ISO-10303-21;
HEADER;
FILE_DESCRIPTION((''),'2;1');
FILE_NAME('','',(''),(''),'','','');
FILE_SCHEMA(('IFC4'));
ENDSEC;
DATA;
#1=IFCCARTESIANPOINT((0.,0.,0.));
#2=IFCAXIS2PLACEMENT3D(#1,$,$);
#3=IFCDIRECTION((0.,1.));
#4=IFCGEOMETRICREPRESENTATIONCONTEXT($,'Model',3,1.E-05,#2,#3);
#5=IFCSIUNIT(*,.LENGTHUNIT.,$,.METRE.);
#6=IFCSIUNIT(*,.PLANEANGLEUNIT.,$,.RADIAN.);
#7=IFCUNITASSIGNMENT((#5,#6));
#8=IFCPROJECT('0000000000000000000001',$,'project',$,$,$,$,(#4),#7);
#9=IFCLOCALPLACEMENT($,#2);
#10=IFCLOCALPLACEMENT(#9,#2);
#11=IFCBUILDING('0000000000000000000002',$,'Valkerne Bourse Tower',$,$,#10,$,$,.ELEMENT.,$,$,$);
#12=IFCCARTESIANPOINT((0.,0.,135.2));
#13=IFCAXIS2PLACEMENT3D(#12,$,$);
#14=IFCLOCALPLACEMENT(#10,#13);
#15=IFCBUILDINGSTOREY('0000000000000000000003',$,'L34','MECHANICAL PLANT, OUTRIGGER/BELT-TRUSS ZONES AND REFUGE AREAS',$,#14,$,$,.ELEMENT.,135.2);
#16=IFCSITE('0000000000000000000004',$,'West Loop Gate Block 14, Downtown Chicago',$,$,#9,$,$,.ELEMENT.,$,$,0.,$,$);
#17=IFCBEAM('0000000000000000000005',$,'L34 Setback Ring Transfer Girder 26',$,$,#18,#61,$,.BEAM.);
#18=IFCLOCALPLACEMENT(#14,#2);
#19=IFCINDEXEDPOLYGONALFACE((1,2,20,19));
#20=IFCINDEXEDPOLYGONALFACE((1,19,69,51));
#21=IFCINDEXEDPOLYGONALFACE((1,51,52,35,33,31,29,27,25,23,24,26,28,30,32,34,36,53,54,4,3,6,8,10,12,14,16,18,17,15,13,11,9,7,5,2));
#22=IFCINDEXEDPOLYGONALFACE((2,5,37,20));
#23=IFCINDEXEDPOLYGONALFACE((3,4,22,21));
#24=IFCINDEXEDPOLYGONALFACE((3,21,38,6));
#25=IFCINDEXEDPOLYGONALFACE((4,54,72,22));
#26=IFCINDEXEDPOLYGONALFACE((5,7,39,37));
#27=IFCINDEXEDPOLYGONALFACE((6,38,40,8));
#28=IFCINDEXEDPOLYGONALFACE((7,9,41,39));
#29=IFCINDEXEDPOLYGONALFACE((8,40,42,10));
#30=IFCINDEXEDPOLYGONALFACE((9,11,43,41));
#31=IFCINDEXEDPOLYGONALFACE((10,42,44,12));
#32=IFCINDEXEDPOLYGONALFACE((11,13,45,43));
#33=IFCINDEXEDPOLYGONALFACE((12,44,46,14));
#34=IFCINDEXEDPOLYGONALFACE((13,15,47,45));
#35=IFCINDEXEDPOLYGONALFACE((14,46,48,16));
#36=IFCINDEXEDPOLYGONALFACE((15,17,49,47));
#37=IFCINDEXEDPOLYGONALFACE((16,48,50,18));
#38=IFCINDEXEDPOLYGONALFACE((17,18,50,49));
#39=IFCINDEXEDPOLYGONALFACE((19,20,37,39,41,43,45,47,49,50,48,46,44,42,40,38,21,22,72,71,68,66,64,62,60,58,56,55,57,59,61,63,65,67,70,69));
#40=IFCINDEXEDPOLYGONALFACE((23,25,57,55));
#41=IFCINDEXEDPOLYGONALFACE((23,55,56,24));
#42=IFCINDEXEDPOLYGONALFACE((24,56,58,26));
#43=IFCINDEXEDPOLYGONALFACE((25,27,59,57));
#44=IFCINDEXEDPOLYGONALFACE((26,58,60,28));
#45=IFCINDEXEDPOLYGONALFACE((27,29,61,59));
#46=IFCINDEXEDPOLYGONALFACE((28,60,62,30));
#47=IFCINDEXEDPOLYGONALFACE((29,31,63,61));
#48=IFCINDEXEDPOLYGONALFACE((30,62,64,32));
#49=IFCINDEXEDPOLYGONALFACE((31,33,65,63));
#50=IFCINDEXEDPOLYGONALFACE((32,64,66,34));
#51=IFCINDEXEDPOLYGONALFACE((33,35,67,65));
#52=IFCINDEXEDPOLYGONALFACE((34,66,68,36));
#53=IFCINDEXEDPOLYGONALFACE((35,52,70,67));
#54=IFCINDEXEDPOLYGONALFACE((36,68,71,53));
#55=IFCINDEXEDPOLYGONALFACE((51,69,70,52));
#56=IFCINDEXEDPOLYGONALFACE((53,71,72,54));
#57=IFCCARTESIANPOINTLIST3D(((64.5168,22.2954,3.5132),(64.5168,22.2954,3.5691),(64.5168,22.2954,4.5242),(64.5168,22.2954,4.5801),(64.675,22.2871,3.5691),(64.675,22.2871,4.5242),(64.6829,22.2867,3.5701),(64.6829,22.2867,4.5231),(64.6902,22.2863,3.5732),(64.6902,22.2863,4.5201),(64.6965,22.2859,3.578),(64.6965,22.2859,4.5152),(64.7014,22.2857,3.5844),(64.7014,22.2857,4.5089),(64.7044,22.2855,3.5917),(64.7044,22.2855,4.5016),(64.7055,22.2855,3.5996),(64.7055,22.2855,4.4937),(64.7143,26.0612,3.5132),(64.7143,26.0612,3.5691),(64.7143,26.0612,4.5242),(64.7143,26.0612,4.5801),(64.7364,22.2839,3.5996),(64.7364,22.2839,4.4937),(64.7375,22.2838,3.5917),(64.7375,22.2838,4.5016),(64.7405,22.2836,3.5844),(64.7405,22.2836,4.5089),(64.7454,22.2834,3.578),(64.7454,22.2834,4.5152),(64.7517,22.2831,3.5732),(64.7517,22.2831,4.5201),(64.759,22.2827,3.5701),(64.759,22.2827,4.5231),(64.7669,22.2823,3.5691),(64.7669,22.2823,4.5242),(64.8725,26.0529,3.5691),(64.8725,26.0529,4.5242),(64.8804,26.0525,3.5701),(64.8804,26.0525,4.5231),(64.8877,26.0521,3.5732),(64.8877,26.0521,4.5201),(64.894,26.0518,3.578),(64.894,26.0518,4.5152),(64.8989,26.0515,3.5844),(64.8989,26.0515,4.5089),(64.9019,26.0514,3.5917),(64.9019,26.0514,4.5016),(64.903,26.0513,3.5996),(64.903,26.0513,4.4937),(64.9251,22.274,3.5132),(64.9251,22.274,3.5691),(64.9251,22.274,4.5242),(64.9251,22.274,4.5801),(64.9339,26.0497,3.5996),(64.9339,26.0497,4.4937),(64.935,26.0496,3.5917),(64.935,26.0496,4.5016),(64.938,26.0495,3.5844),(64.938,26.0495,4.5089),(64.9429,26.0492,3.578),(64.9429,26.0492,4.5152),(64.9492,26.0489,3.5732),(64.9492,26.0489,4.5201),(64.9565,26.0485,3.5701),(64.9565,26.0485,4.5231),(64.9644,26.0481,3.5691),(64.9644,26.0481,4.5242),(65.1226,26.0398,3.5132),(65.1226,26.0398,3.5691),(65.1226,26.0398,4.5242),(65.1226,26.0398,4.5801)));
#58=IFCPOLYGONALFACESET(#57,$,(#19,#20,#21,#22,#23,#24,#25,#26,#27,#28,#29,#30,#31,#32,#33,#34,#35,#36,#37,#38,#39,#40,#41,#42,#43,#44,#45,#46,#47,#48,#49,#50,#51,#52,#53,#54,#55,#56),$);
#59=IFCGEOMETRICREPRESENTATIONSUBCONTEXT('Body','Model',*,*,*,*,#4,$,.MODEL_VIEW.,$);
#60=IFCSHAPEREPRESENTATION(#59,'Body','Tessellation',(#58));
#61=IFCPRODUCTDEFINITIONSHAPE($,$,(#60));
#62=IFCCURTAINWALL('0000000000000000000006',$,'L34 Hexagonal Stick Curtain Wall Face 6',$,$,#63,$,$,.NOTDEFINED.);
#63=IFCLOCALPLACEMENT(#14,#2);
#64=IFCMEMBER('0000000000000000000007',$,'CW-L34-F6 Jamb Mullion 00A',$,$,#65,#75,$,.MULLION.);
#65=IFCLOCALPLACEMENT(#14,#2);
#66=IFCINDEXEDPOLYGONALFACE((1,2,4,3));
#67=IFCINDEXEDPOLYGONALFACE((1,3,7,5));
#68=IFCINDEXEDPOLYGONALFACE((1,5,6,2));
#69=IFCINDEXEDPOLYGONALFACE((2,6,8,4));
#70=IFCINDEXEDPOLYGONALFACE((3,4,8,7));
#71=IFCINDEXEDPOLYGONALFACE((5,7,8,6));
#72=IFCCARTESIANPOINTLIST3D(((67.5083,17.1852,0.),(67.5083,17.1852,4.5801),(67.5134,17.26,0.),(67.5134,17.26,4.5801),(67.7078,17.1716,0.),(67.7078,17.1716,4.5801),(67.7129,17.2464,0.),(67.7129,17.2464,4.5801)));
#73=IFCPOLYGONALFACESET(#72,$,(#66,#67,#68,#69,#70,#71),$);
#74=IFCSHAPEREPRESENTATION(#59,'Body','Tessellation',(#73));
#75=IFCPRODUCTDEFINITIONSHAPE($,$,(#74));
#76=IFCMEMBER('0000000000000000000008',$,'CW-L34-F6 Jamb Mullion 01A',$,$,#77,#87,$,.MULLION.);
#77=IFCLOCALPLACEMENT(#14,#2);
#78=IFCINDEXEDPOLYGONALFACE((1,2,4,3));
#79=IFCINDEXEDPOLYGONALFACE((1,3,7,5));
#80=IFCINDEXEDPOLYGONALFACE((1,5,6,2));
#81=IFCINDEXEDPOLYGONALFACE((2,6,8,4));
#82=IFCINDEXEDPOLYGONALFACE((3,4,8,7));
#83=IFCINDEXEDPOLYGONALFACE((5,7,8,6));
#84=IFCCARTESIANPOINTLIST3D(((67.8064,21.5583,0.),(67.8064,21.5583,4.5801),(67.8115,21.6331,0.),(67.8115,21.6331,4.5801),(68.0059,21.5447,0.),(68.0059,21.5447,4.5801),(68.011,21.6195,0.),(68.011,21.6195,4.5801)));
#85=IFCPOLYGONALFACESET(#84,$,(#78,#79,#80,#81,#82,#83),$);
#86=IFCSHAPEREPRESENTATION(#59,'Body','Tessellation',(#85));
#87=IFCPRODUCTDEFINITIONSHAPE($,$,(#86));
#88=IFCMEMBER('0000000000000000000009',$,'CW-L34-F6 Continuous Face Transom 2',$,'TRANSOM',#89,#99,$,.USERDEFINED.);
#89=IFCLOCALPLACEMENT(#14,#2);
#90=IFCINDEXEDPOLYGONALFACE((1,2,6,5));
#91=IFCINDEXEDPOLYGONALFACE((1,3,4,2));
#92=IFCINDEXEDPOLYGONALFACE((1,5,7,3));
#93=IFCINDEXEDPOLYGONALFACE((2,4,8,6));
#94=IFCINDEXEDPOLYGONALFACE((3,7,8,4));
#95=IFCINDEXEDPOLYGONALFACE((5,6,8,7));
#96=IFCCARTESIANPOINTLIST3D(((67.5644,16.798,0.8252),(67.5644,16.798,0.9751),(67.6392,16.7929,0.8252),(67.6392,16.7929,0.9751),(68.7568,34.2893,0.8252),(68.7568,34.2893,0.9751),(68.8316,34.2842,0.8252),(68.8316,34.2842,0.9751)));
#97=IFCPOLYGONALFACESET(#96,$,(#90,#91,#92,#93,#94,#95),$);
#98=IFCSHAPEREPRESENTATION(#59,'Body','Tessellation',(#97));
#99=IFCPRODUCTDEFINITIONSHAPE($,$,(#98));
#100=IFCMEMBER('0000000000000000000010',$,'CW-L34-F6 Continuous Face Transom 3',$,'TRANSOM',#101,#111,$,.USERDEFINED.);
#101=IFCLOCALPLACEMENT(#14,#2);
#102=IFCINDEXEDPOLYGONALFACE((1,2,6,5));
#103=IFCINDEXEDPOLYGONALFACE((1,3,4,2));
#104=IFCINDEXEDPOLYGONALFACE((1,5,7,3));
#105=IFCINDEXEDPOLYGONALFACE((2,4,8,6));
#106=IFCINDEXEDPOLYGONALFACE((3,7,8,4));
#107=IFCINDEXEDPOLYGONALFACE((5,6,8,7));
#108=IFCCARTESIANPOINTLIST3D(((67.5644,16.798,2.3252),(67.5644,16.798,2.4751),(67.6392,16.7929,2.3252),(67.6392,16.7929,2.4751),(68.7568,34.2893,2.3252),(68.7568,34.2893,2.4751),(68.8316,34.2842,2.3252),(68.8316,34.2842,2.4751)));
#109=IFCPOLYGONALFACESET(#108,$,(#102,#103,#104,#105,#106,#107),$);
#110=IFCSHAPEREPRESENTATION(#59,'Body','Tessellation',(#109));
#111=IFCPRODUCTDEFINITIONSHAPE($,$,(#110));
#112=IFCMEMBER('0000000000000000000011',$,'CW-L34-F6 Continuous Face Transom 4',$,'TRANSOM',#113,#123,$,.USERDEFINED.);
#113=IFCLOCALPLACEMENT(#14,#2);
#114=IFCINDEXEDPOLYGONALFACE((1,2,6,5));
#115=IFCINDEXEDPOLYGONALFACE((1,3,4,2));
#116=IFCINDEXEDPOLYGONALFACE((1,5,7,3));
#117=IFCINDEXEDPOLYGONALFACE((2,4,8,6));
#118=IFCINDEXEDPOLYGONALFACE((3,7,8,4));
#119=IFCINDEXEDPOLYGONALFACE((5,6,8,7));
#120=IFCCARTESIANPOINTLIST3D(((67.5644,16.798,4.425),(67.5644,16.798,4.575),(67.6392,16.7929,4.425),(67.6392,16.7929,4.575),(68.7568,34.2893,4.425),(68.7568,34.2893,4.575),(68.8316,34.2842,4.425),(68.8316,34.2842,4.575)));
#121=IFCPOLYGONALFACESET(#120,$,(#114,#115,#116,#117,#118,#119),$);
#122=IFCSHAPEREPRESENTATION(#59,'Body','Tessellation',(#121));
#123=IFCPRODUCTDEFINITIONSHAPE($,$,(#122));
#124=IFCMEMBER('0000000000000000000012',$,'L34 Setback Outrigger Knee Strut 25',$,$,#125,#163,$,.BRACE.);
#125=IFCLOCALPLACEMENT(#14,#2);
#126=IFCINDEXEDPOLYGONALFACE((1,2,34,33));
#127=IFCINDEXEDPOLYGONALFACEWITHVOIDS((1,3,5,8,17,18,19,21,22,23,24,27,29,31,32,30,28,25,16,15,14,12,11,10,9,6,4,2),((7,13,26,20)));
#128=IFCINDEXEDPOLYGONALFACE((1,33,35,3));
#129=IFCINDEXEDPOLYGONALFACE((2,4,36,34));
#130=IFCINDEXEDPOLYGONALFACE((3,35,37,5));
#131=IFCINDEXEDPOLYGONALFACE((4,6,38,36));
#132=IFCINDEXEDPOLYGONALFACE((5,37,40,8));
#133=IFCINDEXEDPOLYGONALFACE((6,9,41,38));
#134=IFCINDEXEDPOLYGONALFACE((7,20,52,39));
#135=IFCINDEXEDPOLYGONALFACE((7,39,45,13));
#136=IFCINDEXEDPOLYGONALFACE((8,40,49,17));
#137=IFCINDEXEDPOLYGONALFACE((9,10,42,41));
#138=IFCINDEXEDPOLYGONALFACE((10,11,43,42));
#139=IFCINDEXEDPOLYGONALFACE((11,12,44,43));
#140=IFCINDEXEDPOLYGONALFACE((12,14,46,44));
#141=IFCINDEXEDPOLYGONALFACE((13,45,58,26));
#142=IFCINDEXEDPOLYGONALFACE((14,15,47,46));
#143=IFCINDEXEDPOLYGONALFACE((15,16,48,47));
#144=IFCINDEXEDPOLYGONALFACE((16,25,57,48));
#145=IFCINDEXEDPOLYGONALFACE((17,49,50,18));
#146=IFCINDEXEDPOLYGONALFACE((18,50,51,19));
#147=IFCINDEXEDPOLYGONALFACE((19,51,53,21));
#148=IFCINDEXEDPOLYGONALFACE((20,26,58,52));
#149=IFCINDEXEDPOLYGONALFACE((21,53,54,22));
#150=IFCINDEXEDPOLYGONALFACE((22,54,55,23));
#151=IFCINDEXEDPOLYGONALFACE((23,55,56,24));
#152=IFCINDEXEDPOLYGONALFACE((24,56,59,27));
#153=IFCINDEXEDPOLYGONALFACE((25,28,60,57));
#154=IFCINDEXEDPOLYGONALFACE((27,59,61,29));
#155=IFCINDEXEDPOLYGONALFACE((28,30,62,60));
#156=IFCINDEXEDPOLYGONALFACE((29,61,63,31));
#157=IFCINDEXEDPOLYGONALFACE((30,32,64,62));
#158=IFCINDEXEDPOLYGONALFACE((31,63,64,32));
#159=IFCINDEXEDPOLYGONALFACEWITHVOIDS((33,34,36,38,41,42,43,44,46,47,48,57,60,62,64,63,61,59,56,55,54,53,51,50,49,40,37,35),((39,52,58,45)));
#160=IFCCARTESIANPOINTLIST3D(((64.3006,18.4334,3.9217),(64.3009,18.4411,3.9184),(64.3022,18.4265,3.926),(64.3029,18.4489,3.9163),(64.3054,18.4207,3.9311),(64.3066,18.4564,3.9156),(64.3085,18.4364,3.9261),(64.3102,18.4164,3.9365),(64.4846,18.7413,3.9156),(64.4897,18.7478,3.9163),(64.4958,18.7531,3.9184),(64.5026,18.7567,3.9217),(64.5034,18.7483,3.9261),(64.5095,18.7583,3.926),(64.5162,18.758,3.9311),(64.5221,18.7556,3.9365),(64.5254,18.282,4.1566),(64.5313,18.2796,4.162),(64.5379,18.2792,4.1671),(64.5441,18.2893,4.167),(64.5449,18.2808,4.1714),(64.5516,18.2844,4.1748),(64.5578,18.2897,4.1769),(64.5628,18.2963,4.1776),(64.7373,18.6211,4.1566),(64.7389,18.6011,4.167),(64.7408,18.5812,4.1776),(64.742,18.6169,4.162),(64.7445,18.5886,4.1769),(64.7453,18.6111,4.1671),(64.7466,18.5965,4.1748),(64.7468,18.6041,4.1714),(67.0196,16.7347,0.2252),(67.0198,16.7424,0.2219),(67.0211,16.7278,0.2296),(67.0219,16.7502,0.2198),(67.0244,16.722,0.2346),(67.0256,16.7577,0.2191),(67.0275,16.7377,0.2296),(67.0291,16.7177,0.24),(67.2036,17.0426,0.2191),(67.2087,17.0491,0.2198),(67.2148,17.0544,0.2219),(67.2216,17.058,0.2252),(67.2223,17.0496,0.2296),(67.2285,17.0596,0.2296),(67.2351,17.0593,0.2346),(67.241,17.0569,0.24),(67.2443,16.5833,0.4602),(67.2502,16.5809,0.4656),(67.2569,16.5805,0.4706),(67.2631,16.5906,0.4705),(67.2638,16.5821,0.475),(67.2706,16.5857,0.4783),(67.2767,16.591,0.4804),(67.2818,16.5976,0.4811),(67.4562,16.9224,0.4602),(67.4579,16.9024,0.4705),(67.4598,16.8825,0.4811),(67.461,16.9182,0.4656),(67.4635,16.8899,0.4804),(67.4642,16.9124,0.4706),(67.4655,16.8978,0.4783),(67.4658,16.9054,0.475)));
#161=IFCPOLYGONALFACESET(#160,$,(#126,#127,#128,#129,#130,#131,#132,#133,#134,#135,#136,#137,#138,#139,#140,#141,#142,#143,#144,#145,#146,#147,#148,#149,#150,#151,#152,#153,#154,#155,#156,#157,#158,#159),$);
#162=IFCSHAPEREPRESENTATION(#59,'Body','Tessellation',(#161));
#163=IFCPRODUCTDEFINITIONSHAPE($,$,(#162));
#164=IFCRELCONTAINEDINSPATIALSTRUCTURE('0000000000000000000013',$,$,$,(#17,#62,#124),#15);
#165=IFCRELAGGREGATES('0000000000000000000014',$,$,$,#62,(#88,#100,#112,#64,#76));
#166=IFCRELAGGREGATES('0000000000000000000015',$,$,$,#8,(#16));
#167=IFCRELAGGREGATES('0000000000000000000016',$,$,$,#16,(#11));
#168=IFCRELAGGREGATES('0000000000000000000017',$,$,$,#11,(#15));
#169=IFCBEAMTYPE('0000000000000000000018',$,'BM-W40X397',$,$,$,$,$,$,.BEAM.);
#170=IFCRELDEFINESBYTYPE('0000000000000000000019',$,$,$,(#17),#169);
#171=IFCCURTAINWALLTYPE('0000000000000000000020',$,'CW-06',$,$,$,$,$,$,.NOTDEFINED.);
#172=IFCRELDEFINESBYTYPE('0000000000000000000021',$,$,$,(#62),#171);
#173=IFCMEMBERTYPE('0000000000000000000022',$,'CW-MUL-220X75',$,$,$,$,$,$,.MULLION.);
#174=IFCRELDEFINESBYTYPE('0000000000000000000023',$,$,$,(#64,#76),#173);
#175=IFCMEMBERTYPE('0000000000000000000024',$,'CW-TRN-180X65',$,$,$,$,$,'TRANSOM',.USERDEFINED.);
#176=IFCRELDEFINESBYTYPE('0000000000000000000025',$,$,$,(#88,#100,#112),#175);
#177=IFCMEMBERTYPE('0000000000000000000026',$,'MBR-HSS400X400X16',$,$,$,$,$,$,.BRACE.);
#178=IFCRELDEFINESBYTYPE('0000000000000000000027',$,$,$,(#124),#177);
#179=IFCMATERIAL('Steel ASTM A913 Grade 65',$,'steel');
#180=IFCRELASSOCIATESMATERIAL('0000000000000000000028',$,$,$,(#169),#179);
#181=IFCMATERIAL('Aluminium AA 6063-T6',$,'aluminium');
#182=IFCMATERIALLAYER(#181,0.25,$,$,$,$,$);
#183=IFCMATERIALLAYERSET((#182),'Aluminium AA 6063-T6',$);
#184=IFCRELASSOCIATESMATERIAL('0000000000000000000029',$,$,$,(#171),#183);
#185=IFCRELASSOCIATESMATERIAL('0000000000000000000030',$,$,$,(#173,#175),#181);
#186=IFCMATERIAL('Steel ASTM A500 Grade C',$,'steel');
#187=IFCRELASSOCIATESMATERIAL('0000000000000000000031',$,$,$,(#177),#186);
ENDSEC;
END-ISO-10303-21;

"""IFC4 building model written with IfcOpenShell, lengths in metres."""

from ifc_helpers import new_model, si_unit, direction, frame, origin, origin_2d, place, context, subcontext, project, spatial, rectangle, hollow_rectangle, i_section, extrude, material, layer, layer_set, material_profile, profile_set, type_object, element, aggregate, save


model = new_model("IFC4")

# Units and contexts
model_context = context("Model", 3, precision=1e-05, world=origin(), true_north=direction((0.0, 1.0)))
body_context = subcontext(model_context, "Body", "Model", "MODEL_VIEW")
ifc_project = project(units=[si_unit("LENGTHUNIT", "METRE"), si_unit("PLANEANGLEUNIT", "RADIAN")], contexts=[model_context])

# Site, building, storey
site_placement = place(None, origin())
site = spatial("IfcSite", under=ifc_project, at=site_placement, Name="West Loop Gate Block 14, Downtown Chicago", CompositionType="ELEMENT", RefElevation=0.0)
building_placement = place(site_placement, origin())
building = spatial("IfcBuilding", under=site, at=building_placement, Name="Valkerne Bourse Tower", CompositionType="ELEMENT")
storey_placement = place(building_placement, frame((0.0, 0.0, 135.2)))
storey = spatial("IfcBuildingStorey", under=building, at=storey_placement, Name="L34", Description="MECHANICAL PLANT, OUTRIGGER/BELT-TRUSS ZONES AND REFUGE AREAS", CompositionType="ELEMENT", Elevation=135.2)

# Shared definitions
ifc_material_1 = material(Name="Steel ASTM A913 Grade 65", Category="steel")

# Beam
ifc_material_profile_1 = material_profile(ifc_material_1, i_section(OverallWidth=0.4089, OverallDepth=1.0669, WebThickness=0.031, FlangeThickness=0.0559, FilletRadius=0.0305, at=origin_2d()), Name="W40X397")
ifc_profile_set_1 = profile_set([ifc_material_profile_1], Name="Steel ASTM A913 Grade 65")
beam_type_1 = type_object("IfcBeamType", Name="BM-W40X397", PredefinedType="BEAM", material=ifc_profile_set_1)
beam_1_placement = place(storey_placement, frame((64.7209, 22.2847, 4.0466), z_axis=(0.052375, 0.998627, 0.0), x_axis=(-0.998627, 0.052375, 0.0)))
element("IfcBeam", 1, at=beam_1_placement, inside=storey, type_object=beam_type_1, Name="L34 Setback Ring Transfer Girder 26", PredefinedType="BEAM", context=body_context, shape_type="SweptSolid", body=[
    extrude(i_section(OverallWidth=0.4089, OverallDepth=1.0669, WebThickness=0.031, FlangeThickness=0.0559, FilletRadius=0.0305, at=origin_2d()), origin(), (0.0, 0.0, 1.0), 3.771),
])

# Curtain wall, members
ifc_material_2 = material(Name="Aluminium AA 6063-T6", Category="aluminium")
ifc_layer_1 = layer(ifc_material_2, 0.25)
ifc_layer_set_1 = layer_set([ifc_layer_1], Name="Aluminium AA 6063-T6")
curtain_wall_type = type_object("IfcCurtainWallType", Name="CW-06", PredefinedType="NOTDEFINED", material=ifc_layer_set_1)
curtain_wall_placement = place(storey_placement, origin())
curtain_wall = element("IfcCurtainWall", 2, at=curtain_wall_placement, inside=storey, type_object=curtain_wall_type, Name="L34 Hexagonal Stick Curtain Wall Face 6", PredefinedType="NOTDEFINED")
ifc_material_profile_2 = material_profile(ifc_material_2, rectangle(XDim=0.075, YDim=0.2, at=origin_2d()), Name="CWM-75X200")
ifc_profile_set_2 = profile_set([ifc_material_profile_2], Name="Aluminium AA 6063-T6")
member_type_1 = type_object("IfcMemberType", Name="CW-MUL-220X75", PredefinedType="MULLION", material=ifc_profile_set_2)
member_1_placement = place(storey_placement, frame((67.6106, 17.2158, 0.0), z_axis=(0.0, 0.0, 1.0), x_axis=(0.068012, 0.997685, 0.0)))
member_1 = element("IfcMember", 3, at=member_1_placement, type_object=member_type_1, Name="CW-L34-F6 Jamb Mullion 00A", PredefinedType="MULLION", context=body_context, shape_type="SweptSolid", body=[
    extrude(rectangle(XDim=0.075, YDim=0.2, at=origin_2d()), origin(), (0.0, 0.0, 1.0), 4.5801),
])
member_2_placement = place(storey_placement, frame((67.9087, 21.5889, 0.0), z_axis=(0.0, 0.0, 1.0), x_axis=(0.068014, 0.997684, 0.0)))
member_2 = element("IfcMember", 4, at=member_2_placement, type_object=member_type_1, Name="CW-L34-F6 Jamb Mullion 01A", PredefinedType="MULLION", context=body_context, shape_type="SweptSolid", body=[
    extrude(rectangle(XDim=0.075, YDim=0.2, at=origin_2d()), origin(), (0.0, 0.0, 1.0), 4.5801),
])
ifc_material_profile_3 = material_profile(ifc_material_2, rectangle(XDim=0.075, YDim=0.1499, at=origin_2d()), Name="CWT-75X150")
ifc_profile_set_3 = profile_set([ifc_material_profile_3], Name="Aluminium AA 6063-T6")
member_type_2 = type_object("IfcMemberType", Name="CW-TRN-180X65", ElementType="TRANSOM", PredefinedType="USERDEFINED", material=ifc_profile_set_3)
member_3_placement = place(storey_placement, frame((67.6018, 16.7954, 0.9001), z_axis=(0.068012, 0.997685, 0.0), x_axis=(-0.997685, 0.068012, 0.0)))
member_3 = element("IfcMember", 5, at=member_3_placement, type_object=member_type_2, Name="CW-L34-F6 Continuous Face Transom 2", ObjectType="TRANSOM", PredefinedType="USERDEFINED", context=body_context, shape_type="SweptSolid", body=[
    extrude(rectangle(XDim=0.075, YDim=0.1499, at=origin_2d()), origin(), (0.0, 0.0, 1.0), 17.532),
])
member_4_placement = place(storey_placement, frame((67.6018, 16.7954, 2.4001), z_axis=(0.068012, 0.997685, 0.0), x_axis=(-0.997685, 0.068012, 0.0)))
member_4 = element("IfcMember", 6, at=member_4_placement, type_object=member_type_2, Name="CW-L34-F6 Continuous Face Transom 3", ObjectType="TRANSOM", PredefinedType="USERDEFINED", context=body_context, shape_type="SweptSolid", body=[
    extrude(rectangle(XDim=0.075, YDim=0.1499, at=origin_2d()), origin(), (0.0, 0.0, 1.0), 17.532),
])
member_5_placement = place(storey_placement, frame((67.6018, 16.7954, 4.5), z_axis=(0.068012, 0.997685, 0.0), x_axis=(-0.997685, 0.068012, 0.0)))
member_5 = element("IfcMember", 7, at=member_5_placement, type_object=member_type_2, Name="CW-L34-F6 Continuous Face Transom 4", ObjectType="TRANSOM", PredefinedType="USERDEFINED", context=body_context, shape_type="SweptSolid", body=[
    extrude(rectangle(XDim=0.075, YDim=0.1499, at=origin_2d()), origin(), (0.0, 0.0, 1.0), 17.532),
])

# Member
ifc_material_3 = material(Name="Steel ASTM A500 Grade C", Category="steel")
ifc_material_profile_4 = material_profile(ifc_material_3, hollow_rectangle(XDim=0.3999, YDim=0.3999, WallThickness=0.0161, OuterFilletRadius=0.032, at=origin_2d()), Name="HSS400X400X16")
ifc_profile_set_4 = profile_set([ifc_material_profile_4], Name="Steel ASTM A500 Grade C")
member_type_3 = type_object("IfcMemberType", Name="MBR-HSS400X400X16", PredefinedType="BRACE", material=ifc_profile_set_4)
member_6_placement = place(storey_placement, frame((67.2427, 16.8201, 0.3501), z_axis=(-0.555673, 0.347165, 0.75545), x_axis=(-0.529855, -0.848088, 0.0)))
element("IfcMember", 8, at=member_6_placement, inside=storey, type_object=member_type_3, Name="L34 Setback Outrigger Knee Strut 25", PredefinedType="BRACE", context=body_context, shape_type="SweptSolid", body=[
    extrude(hollow_rectangle(XDim=0.3999, YDim=0.3999, WallThickness=0.0161, OuterFilletRadius=0.032, at=origin_2d()), origin(), (0.0, 0.0, 1.0), 4.8931),
])

aggregate(curtain_wall, [member_3, member_4, member_5, member_1, member_2])

save(model, "model.ifc")
